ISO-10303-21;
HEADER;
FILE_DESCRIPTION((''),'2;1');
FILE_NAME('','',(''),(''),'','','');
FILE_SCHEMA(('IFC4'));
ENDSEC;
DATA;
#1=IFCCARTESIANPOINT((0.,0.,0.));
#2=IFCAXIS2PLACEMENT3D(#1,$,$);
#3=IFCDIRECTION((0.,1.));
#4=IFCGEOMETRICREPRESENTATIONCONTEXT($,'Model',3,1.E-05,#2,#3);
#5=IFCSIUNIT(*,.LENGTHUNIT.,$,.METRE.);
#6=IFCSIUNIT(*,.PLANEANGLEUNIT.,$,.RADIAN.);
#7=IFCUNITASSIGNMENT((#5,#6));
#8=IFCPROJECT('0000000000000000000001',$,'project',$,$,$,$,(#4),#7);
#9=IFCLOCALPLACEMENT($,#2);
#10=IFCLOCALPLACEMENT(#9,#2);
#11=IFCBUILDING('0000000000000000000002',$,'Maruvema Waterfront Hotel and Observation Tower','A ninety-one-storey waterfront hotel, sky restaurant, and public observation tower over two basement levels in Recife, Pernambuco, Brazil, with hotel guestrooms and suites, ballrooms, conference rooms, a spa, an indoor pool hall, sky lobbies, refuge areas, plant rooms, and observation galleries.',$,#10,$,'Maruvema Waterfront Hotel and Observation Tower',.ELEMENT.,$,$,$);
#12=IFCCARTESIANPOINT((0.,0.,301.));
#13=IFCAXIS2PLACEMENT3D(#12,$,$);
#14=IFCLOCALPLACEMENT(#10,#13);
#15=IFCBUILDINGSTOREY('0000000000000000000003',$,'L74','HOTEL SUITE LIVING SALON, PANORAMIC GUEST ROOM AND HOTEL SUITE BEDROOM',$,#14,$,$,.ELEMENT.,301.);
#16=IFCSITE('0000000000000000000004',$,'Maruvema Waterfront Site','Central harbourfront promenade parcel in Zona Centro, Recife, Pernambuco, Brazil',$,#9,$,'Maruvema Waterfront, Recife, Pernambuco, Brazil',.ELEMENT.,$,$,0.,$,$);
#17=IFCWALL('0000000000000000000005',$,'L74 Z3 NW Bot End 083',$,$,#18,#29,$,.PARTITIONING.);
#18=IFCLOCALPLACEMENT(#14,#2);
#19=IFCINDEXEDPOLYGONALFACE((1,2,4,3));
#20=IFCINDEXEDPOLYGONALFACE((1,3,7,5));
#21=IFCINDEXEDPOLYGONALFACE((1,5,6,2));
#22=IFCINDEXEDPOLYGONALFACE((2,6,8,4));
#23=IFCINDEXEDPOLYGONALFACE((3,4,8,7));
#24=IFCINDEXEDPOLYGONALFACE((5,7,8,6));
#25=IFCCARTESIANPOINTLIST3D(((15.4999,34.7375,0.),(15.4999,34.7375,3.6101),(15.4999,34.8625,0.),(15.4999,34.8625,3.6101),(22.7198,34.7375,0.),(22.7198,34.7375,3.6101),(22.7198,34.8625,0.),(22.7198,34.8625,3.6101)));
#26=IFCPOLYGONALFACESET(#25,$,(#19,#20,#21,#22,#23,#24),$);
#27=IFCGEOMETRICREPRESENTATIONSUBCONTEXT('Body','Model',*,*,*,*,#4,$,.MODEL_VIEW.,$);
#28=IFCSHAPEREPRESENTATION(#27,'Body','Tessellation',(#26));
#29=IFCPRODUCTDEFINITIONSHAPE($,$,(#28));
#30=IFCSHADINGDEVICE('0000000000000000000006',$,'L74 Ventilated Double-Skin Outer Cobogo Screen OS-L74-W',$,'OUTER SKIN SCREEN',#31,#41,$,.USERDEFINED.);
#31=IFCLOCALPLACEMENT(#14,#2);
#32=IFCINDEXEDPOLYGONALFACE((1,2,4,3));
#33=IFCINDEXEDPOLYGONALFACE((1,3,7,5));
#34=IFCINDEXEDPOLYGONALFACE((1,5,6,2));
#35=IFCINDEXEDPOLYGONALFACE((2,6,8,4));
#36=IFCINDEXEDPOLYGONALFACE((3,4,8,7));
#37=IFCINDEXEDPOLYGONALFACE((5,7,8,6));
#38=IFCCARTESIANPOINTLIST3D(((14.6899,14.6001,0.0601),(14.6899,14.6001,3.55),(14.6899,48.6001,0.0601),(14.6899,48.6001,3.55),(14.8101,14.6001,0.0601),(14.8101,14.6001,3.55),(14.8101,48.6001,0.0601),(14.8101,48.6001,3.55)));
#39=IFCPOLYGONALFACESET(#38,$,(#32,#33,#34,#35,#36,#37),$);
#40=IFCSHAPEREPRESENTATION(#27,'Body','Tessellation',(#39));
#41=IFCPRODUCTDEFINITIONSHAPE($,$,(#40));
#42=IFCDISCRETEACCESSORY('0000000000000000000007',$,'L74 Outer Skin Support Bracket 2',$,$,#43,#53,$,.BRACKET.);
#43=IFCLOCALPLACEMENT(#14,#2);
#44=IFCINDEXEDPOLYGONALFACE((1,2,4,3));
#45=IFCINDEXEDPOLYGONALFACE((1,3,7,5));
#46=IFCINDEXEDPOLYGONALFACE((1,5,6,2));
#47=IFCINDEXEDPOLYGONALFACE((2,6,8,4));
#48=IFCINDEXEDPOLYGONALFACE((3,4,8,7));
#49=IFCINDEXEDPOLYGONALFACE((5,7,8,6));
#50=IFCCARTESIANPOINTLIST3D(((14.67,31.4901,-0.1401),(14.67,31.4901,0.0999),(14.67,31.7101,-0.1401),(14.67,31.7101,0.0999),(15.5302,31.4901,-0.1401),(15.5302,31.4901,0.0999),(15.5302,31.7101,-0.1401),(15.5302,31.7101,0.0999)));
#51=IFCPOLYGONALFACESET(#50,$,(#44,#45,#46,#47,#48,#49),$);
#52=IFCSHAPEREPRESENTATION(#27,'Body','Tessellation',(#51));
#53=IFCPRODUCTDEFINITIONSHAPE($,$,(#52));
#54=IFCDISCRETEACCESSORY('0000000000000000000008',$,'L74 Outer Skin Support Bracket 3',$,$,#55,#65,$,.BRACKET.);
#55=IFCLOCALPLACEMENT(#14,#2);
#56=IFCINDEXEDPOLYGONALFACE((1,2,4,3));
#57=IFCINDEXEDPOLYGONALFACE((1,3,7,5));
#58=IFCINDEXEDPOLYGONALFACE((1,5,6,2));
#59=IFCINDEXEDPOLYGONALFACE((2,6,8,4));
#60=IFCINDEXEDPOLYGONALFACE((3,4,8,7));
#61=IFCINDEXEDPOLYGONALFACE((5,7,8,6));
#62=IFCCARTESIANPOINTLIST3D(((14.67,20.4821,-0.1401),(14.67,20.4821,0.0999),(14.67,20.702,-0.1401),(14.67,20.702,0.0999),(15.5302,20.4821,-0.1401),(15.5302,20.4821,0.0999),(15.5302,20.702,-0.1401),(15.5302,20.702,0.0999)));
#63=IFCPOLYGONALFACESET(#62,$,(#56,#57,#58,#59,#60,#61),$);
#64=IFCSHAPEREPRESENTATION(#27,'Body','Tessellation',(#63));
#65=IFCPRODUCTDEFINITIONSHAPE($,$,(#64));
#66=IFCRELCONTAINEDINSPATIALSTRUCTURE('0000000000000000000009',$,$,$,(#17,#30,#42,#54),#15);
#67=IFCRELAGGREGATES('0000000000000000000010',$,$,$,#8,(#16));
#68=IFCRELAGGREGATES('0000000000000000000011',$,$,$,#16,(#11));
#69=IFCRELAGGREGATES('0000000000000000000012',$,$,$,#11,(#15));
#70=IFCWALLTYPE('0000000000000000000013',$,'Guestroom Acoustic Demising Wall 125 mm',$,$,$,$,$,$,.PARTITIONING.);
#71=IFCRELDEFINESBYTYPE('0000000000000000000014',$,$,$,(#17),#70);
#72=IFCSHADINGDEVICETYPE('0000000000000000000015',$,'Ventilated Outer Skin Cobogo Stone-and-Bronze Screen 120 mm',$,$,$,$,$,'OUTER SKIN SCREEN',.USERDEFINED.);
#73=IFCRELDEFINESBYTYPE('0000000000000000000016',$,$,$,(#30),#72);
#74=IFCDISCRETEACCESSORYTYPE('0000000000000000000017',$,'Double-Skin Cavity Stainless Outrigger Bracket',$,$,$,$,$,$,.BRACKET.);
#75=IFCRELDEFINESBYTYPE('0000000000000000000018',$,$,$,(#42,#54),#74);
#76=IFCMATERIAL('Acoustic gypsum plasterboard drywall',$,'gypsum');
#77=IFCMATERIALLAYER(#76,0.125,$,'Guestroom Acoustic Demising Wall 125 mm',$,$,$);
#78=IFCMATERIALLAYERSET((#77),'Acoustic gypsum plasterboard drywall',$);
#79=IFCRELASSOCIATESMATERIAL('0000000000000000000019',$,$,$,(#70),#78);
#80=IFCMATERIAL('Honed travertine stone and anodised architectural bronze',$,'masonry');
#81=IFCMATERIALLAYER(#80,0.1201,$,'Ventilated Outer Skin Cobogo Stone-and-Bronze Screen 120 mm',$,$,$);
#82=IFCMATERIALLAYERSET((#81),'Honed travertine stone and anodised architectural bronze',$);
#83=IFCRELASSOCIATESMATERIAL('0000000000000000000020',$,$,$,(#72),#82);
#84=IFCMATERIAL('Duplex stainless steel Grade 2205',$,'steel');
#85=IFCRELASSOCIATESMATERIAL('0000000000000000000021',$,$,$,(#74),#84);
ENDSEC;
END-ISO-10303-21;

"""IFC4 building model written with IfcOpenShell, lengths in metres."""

from ifc_helpers import new_model, si_unit, direction, frame, frame_2d, origin, origin_2d, place, context, subcontext, project, spatial, rectangle, extrude, material, layer, layer_set, type_object, element, save


model = new_model("IFC4")

# Units and contexts
model_context = context("Model", 3, precision=1e-05, world=origin(), true_north=direction((0.0, 1.0)))
body_context = subcontext(model_context, "Body", "Model", "MODEL_VIEW")
ifc_project = project(units=[si_unit("LENGTHUNIT", "METRE"), si_unit("PLANEANGLEUNIT", "RADIAN")], contexts=[model_context])

# Site, building, storey
site_placement = place(None, origin())
site = spatial("IfcSite", under=ifc_project, at=site_placement, Name="Maruvema Waterfront Site", Description="Central harbourfront promenade parcel in Zona Centro, Recife, Pernambuco, Brazil", LongName="Maruvema Waterfront, Recife, Pernambuco, Brazil", CompositionType="ELEMENT", RefElevation=0.0)
building_placement = place(site_placement, origin())
building = spatial("IfcBuilding", under=site, at=building_placement, Name="Maruvema Waterfront Hotel and Observation Tower", Description="A ninety-one-storey waterfront hotel, sky restaurant, and public observation tower over two basement levels in Recife, Pernambuco, Brazil, with hotel guestrooms and suites, ballrooms, conference rooms, a spa, an indoor pool hall, sky lobbies, refuge areas, plant rooms, and observation galleries.", LongName="Maruvema Waterfront Hotel and Observation Tower", CompositionType="ELEMENT")
storey_placement = place(building_placement, frame((0.0, 0.0, 301.0)))
storey = spatial("IfcBuildingStorey", under=building, at=storey_placement, Name="L74", Description="HOTEL SUITE LIVING SALON, PANORAMIC GUEST ROOM AND HOTEL SUITE BEDROOM", CompositionType="ELEMENT", Elevation=301.0)

# Wall
ifc_material_1 = material(Name="Acoustic gypsum plasterboard drywall", Category="gypsum")
ifc_layer_1 = layer(ifc_material_1, 0.125, Name="Guestroom Acoustic Demising Wall 125 mm")
ifc_layer_set_1 = layer_set([ifc_layer_1], Name="Acoustic gypsum plasterboard drywall")
wall_type_1 = type_object("IfcWallType", Name="Guestroom Acoustic Demising Wall 125 mm", PredefinedType="PARTITIONING", material=ifc_layer_set_1)
wall_1_placement = place(storey_placement, frame((15.5, 34.8, 0.0), z_axis=(0.0, 0.0, 1.0), x_axis=(1.0, 0.0, 0.0)))
element("IfcWall", 1, at=wall_1_placement, inside=storey, type_object=wall_type_1, Name="L74 Z3 NW Bot End 083", PredefinedType="PARTITIONING", context=body_context, shape_type="SweptSolid", body=[
    extrude(rectangle(XDim=7.22, YDim=0.125, at=frame_2d((3.6099, 0.0))), origin(), (0.0, 0.0, 1.0), 3.6101),
])

# Shading device
ifc_material_2 = material(Name="Honed travertine stone and anodised architectural bronze", Category="masonry")
ifc_layer_2 = layer(ifc_material_2, 0.1201, Name="Ventilated Outer Skin Cobogo Stone-and-Bronze Screen 120 mm")
ifc_layer_set_2 = layer_set([ifc_layer_2], Name="Honed travertine stone and anodised architectural bronze")
shading_device_type = type_object("IfcShadingDeviceType", Name="Ventilated Outer Skin Cobogo Stone-and-Bronze Screen 120 mm", ElementType="OUTER SKIN SCREEN", PredefinedType="USERDEFINED", material=ifc_layer_set_2)
shading_device_placement = place(storey_placement, frame((14.75, 31.6001, 0.0601), z_axis=(0.0, 0.0, 1.0), x_axis=(0.0, -1.0, 0.0)))
element("IfcShadingDevice", 2, at=shading_device_placement, inside=storey, type_object=shading_device_type, Name="L74 Ventilated Double-Skin Outer Cobogo Screen OS-L74-W", ObjectType="OUTER SKIN SCREEN", PredefinedType="USERDEFINED", context=body_context, shape_type="SweptSolid", body=[
    extrude(rectangle(XDim=34.0, YDim=0.1201, at=origin_2d()), origin(), (0.0, 0.0, 1.0), 3.49),
])

# Discrete accessories
ifc_material_3 = material(Name="Duplex stainless steel Grade 2205", Category="steel")
discrete_accessory_type = type_object("IfcDiscreteAccessoryType", Name="Double-Skin Cavity Stainless Outrigger Bracket", PredefinedType="BRACKET", material=ifc_material_3)
for number, where, z_axis, x_axis, name in (
    (3, (15.1001, 31.6001, -0.1401), (0.0, 0.0, 1.0), (0.0, -1.0, 0.0), "L74 Outer Skin Support Bracket 2"),
    (4, (15.1001, 20.592, -0.1401), (0.0, 0.0, 1.0), (0.0, -1.0, 0.0), "L74 Outer Skin Support Bracket 3"),
):
    element("IfcDiscreteAccessory", number, at=place(storey_placement, frame(where, z_axis=z_axis, x_axis=x_axis)), inside=storey, type_object=discrete_accessory_type, Name=name, PredefinedType="BRACKET", context=body_context, shape_type="SweptSolid", body=[
        extrude(rectangle(XDim=0.22, YDim=0.8601, at=origin_2d()), origin(), (0.0, 0.0, 1.0), 0.24),
    ])

save(model, "model.ifc")
